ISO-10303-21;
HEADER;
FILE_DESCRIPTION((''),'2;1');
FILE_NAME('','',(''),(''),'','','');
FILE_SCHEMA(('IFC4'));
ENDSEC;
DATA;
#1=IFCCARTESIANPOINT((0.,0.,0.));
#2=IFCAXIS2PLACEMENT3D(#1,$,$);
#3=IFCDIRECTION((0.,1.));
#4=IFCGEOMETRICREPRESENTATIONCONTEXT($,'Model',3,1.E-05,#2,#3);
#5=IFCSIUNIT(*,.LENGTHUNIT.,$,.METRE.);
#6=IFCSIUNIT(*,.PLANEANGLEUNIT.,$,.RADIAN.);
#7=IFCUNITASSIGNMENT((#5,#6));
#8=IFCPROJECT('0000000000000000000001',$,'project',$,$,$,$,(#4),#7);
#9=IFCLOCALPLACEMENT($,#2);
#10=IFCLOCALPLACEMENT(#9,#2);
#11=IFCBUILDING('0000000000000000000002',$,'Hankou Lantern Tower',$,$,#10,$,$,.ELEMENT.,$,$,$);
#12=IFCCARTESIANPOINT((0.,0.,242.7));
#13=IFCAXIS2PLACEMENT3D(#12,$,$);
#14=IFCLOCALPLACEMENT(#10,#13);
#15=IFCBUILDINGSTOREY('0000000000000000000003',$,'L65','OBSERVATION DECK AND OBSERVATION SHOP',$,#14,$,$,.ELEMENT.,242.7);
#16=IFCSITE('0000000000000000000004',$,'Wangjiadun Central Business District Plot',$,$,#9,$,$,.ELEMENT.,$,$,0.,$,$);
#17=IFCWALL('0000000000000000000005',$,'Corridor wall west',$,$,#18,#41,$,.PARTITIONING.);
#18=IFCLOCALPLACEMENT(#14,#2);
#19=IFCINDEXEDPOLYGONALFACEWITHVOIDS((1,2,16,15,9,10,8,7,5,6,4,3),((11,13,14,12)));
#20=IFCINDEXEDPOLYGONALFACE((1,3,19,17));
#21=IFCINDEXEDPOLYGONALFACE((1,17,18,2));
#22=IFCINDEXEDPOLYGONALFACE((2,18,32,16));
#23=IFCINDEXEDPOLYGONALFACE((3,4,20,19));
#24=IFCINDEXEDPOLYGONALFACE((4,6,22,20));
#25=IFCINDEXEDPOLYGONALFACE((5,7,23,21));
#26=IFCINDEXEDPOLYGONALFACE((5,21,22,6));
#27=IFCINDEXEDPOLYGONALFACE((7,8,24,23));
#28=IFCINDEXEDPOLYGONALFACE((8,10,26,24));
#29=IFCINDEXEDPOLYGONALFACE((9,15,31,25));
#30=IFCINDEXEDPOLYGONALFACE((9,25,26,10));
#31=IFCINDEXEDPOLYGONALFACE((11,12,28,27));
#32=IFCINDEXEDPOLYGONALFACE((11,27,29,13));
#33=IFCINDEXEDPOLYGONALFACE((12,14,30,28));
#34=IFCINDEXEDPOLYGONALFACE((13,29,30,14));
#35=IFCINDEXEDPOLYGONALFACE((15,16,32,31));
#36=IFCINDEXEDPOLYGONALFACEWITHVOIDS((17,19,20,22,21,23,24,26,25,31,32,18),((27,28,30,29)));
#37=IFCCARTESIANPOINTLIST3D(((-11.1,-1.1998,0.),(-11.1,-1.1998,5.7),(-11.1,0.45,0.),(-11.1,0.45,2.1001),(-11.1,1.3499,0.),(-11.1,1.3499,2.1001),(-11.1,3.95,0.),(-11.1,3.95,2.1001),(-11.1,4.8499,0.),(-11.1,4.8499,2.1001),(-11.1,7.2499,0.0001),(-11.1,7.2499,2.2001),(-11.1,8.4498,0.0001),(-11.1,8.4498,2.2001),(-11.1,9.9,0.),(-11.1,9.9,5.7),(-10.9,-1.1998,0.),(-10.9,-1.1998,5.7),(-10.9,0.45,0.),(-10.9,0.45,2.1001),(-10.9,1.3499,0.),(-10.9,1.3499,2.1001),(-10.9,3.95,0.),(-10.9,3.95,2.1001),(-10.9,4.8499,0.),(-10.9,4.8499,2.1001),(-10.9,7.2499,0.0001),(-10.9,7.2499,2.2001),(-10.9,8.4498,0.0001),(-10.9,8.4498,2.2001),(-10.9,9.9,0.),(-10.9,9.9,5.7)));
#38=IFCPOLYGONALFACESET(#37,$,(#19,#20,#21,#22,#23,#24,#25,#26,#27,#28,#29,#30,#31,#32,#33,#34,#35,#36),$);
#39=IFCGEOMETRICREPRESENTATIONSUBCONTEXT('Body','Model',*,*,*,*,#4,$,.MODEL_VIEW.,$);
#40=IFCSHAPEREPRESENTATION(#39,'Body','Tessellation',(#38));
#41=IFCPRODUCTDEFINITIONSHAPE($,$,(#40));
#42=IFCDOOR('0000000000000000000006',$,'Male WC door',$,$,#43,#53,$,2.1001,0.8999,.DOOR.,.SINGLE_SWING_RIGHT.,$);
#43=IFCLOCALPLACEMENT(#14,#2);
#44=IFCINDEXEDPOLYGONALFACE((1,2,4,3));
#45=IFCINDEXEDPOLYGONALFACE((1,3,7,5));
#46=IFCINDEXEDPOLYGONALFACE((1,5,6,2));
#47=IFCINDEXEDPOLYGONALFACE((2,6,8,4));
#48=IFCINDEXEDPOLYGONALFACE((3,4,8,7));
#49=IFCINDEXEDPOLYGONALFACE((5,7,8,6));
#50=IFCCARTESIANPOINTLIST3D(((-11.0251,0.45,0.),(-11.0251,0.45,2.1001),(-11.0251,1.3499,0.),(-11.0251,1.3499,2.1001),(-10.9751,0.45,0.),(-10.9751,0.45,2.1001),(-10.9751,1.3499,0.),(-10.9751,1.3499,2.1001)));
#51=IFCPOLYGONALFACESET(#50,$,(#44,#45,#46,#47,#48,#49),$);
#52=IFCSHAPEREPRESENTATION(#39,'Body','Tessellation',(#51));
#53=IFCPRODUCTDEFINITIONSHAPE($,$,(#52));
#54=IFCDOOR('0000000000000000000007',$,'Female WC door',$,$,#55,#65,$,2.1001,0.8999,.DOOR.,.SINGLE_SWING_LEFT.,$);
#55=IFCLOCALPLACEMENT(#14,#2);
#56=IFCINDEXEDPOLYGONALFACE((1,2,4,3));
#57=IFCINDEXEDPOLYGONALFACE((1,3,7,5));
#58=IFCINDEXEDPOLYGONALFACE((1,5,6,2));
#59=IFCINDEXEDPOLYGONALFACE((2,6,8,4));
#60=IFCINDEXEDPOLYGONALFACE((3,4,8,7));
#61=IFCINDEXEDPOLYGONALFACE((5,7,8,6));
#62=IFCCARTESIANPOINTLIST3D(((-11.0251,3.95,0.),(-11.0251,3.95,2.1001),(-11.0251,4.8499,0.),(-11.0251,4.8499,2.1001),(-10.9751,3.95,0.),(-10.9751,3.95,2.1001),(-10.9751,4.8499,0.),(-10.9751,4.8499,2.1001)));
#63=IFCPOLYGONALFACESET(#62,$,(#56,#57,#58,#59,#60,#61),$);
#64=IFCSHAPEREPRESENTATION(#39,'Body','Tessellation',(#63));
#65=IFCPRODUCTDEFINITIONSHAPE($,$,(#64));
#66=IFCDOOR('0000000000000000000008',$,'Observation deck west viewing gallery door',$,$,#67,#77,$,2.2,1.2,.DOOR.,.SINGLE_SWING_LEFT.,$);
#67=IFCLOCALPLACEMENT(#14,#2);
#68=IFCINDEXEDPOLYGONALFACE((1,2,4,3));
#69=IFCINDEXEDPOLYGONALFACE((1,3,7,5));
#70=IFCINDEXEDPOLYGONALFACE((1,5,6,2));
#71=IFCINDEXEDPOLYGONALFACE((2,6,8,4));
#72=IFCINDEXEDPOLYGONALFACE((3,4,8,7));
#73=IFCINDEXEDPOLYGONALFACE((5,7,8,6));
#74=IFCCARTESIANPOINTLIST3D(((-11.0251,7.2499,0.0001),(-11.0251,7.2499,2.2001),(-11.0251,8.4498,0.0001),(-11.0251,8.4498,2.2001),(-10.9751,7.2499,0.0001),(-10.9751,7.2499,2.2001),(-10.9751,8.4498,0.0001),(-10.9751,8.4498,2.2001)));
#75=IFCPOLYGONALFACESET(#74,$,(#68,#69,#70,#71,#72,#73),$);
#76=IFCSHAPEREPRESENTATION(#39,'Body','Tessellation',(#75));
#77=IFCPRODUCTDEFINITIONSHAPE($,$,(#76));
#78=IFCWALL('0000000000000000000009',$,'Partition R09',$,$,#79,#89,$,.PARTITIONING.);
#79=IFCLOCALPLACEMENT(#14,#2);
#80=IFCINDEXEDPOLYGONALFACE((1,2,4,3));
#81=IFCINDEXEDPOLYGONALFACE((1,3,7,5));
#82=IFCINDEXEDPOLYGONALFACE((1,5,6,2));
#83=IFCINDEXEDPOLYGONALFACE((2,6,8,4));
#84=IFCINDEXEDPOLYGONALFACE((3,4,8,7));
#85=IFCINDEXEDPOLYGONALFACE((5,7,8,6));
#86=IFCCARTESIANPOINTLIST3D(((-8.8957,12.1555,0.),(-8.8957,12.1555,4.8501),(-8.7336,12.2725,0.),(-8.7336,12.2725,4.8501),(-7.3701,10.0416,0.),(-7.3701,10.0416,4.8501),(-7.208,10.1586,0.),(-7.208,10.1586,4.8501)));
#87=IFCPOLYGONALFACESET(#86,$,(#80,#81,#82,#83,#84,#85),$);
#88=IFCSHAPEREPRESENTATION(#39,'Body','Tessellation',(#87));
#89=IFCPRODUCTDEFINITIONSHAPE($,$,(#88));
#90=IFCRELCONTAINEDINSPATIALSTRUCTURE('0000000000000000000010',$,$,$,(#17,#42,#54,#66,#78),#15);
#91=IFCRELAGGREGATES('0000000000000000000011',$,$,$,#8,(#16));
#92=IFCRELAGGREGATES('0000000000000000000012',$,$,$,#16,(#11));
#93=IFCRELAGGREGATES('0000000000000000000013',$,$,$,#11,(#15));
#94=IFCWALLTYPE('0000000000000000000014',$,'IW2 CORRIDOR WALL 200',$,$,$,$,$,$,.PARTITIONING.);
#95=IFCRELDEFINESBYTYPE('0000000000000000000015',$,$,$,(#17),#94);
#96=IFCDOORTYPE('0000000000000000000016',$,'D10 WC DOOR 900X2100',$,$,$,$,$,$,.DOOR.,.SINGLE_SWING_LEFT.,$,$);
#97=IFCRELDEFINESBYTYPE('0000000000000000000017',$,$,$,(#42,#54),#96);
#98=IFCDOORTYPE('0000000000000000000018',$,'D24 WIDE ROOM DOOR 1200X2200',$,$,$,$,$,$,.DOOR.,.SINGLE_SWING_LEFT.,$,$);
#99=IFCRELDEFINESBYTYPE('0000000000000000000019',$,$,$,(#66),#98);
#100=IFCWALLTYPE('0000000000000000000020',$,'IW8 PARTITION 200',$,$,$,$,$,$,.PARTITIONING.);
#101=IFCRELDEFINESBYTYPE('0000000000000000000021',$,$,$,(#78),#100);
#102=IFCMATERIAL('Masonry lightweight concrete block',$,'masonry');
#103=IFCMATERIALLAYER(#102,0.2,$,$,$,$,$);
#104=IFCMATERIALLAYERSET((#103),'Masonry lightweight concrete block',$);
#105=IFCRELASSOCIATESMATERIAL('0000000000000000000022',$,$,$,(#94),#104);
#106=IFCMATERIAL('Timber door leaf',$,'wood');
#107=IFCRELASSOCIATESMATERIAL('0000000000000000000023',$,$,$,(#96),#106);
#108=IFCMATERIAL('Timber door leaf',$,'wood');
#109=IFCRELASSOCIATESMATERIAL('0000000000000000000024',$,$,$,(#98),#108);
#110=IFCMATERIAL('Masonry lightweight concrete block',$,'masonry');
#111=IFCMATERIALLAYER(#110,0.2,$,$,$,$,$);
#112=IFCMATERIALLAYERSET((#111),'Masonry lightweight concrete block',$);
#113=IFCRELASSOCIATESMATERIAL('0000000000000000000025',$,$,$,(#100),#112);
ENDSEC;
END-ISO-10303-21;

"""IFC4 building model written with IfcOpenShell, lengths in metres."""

from ifc_helpers import new_model, si_unit, direction, frame, frame_2d, origin, place, context, subcontext, project, spatial, rectangle, extrude, material, layer, layer_set, type_object, element, fill, save


model = new_model("IFC4")

# Units and contexts
model_context = context("Model", 3, precision=1e-05, world=origin(), true_north=direction((0.0, 1.0)))
body_context = subcontext(model_context, "Body", "Model", "MODEL_VIEW")
ifc_project = project(units=[si_unit("LENGTHUNIT", "METRE"), si_unit("PLANEANGLEUNIT", "RADIAN")], contexts=[model_context])

# Site, building, storey
site_placement = place(None, origin())
site = spatial("IfcSite", under=ifc_project, at=site_placement, Name="Wangjiadun Central Business District Plot", CompositionType="ELEMENT", RefElevation=0.0)
building_placement = place(site_placement, origin())
building = spatial("IfcBuilding", under=site, at=building_placement, Name="Hankou Lantern Tower", CompositionType="ELEMENT")
storey_placement = place(building_placement, frame((0.0, 0.0, 242.7)))
storey = spatial("IfcBuildingStorey", under=building, at=storey_placement, Name="L65", Description="OBSERVATION DECK AND OBSERVATION SHOP", CompositionType="ELEMENT", Elevation=242.7)

# Wall, openings, doors
ifc_material_1 = material(Name="Masonry lightweight concrete block", Category="masonry")
ifc_layer_1 = layer(ifc_material_1, 0.2)
ifc_layer_set_1 = layer_set([ifc_layer_1], Name="Masonry lightweight concrete block")
wall_type_1 = type_object("IfcWallType", Name="IW2 CORRIDOR WALL 200", PredefinedType="PARTITIONING", material=ifc_layer_set_1)
wall_1_placement = place(storey_placement, frame((-11.0, 9.8999, 0.0), z_axis=(0.0, 0.0, 1.0), x_axis=(0.0, -1.0, 0.0)))
wall_1 = element("IfcWall", 1, at=wall_1_placement, inside=storey, type_object=wall_type_1, Name="Corridor wall west", PredefinedType="PARTITIONING", context=body_context, shape_type="SweptSolid", body=[
    extrude(rectangle(XDim=11.0999, YDim=0.2, at=frame_2d((5.5498, 0.0))), origin(), (0.0, 0.0, 1.0), 5.7),
])
opening_1_placement = place(wall_1_placement, frame((1.45, 0.0, 0.0)))
opening_1 = element("IfcOpeningElement", 2, at=opening_1_placement, cuts=wall_1, PredefinedType="OPENING", context=body_context, shape_type="SweptSolid", body=[
    extrude(rectangle(XDim=1.2, YDim=2.2, at=frame_2d((0.6001, 1.1001))), frame((0.0, 0.1099, 0.0), z_axis=(0.0, -1.0, 0.0), x_axis=(1.0, 0.0, 0.0)), (0.0, 0.0, 1.0), 0.22),
])
opening_2_placement = place(wall_1_placement, frame((8.55, 0.0, 0.0)))
opening_2 = element("IfcOpeningElement", 3, at=opening_2_placement, cuts=wall_1, PredefinedType="OPENING", context=body_context, shape_type="SweptSolid", body=[
    extrude(rectangle(XDim=0.8999, YDim=2.1001, at=frame_2d((0.45, 1.05))), frame((0.0, 0.1099, 0.0), z_axis=(0.0, -1.0, 0.0), x_axis=(1.0, 0.0, 0.0)), (0.0, 0.0, 1.0), 0.22),
])
opening_3_placement = place(wall_1_placement, frame((5.05, 0.0, 0.0)))
opening_3 = element("IfcOpeningElement", 4, at=opening_3_placement, cuts=wall_1, PredefinedType="OPENING", context=body_context, shape_type="SweptSolid", body=[
    extrude(rectangle(XDim=0.8999, YDim=2.1001, at=frame_2d((0.45, 1.05))), frame((0.0, 0.1099, 0.0), z_axis=(0.0, -1.0, 0.0), x_axis=(1.0, 0.0, 0.0)), (0.0, 0.0, 1.0), 0.22),
])
ifc_material_2 = material(Name="Timber door leaf", Category="wood")
door_type_1 = type_object("IfcDoorType", Name="D10 WC DOOR 900X2100", OperationType="SINGLE_SWING_LEFT", PredefinedType="DOOR", material=ifc_material_2)
door_1_placement = place(opening_2_placement, origin())
door_1 = element("IfcDoor", 5, at=door_1_placement, inside=storey, type_object=door_type_1, Name="Male WC door", OperationType="SINGLE_SWING_RIGHT", OverallHeight=2.1001, OverallWidth=0.8999, PredefinedType="DOOR", context=body_context, shape_type="SweptSolid", body=[
    extrude(rectangle(XDim=0.8999, YDim=2.1001, at=frame_2d((0.45, 1.05))), frame((0.0, 0.0249, 0.0), z_axis=(0.0, -1.0, 0.0), x_axis=(1.0, 0.0, 0.0)), (0.0, 0.0, 1.0), 0.05),
])
fill(opening_2, door_1)
door_2_placement = place(opening_3_placement, origin())
door_2 = element("IfcDoor", 6, at=door_2_placement, inside=storey, type_object=door_type_1, Name="Female WC door", OperationType="SINGLE_SWING_LEFT", OverallHeight=2.1001, OverallWidth=0.8999, PredefinedType="DOOR", context=body_context, shape_type="SweptSolid", body=[
    extrude(rectangle(XDim=0.8999, YDim=2.1001, at=frame_2d((0.45, 1.05))), frame((0.0, 0.0249, 0.0), z_axis=(0.0, -1.0, 0.0), x_axis=(1.0, 0.0, 0.0)), (0.0, 0.0, 1.0), 0.05),
])
fill(opening_3, door_2)
ifc_material_3 = material(Name="Timber door leaf", Category="wood")
door_type_2 = type_object("IfcDoorType", Name="D24 WIDE ROOM DOOR 1200X2200", OperationType="SINGLE_SWING_LEFT", PredefinedType="DOOR", material=ifc_material_3)
door_3_placement = place(opening_1_placement, origin())
door_3 = element("IfcDoor", 7, at=door_3_placement, inside=storey, type_object=door_type_2, Name="Observation deck west viewing gallery door", OperationType="SINGLE_SWING_LEFT", OverallHeight=2.2, OverallWidth=1.2, PredefinedType="DOOR", context=body_context, shape_type="SweptSolid", body=[
    extrude(rectangle(XDim=1.2, YDim=2.2, at=frame_2d((0.6001, 1.1001))), frame((0.0, 0.0249, 0.0), z_axis=(0.0, -1.0, 0.0), x_axis=(1.0, 0.0, 0.0)), (0.0, 0.0, 1.0), 0.05),
])
fill(opening_1, door_3)

# Wall
ifc_material_4 = material(Name="Masonry lightweight concrete block", Category="masonry")
ifc_layer_2 = layer(ifc_material_4, 0.2)
ifc_layer_set_2 = layer_set([ifc_layer_2], Name="Masonry lightweight concrete block")
wall_type_2 = type_object("IfcWallType", Name="IW8 PARTITION 200", PredefinedType="PARTITIONING", material=ifc_layer_set_2)
wall_2_placement = place(storey_placement, frame((-7.2891, 10.1001, 0.0), z_axis=(0.0, 0.0, 1.0), x_axis=(-0.5852, 0.810889, 0.0)))
element("IfcWall", 8, at=wall_2_placement, inside=storey, type_object=wall_type_2, Name="Partition R09", PredefinedType="PARTITIONING", context=body_context, shape_type="SweptSolid", body=[
    extrude(rectangle(XDim=2.6069, YDim=0.2, at=frame_2d((1.3035, 0.0))), origin(), (0.0, 0.0, 1.0), 4.8501),
])

save(model, "model.ifc")
